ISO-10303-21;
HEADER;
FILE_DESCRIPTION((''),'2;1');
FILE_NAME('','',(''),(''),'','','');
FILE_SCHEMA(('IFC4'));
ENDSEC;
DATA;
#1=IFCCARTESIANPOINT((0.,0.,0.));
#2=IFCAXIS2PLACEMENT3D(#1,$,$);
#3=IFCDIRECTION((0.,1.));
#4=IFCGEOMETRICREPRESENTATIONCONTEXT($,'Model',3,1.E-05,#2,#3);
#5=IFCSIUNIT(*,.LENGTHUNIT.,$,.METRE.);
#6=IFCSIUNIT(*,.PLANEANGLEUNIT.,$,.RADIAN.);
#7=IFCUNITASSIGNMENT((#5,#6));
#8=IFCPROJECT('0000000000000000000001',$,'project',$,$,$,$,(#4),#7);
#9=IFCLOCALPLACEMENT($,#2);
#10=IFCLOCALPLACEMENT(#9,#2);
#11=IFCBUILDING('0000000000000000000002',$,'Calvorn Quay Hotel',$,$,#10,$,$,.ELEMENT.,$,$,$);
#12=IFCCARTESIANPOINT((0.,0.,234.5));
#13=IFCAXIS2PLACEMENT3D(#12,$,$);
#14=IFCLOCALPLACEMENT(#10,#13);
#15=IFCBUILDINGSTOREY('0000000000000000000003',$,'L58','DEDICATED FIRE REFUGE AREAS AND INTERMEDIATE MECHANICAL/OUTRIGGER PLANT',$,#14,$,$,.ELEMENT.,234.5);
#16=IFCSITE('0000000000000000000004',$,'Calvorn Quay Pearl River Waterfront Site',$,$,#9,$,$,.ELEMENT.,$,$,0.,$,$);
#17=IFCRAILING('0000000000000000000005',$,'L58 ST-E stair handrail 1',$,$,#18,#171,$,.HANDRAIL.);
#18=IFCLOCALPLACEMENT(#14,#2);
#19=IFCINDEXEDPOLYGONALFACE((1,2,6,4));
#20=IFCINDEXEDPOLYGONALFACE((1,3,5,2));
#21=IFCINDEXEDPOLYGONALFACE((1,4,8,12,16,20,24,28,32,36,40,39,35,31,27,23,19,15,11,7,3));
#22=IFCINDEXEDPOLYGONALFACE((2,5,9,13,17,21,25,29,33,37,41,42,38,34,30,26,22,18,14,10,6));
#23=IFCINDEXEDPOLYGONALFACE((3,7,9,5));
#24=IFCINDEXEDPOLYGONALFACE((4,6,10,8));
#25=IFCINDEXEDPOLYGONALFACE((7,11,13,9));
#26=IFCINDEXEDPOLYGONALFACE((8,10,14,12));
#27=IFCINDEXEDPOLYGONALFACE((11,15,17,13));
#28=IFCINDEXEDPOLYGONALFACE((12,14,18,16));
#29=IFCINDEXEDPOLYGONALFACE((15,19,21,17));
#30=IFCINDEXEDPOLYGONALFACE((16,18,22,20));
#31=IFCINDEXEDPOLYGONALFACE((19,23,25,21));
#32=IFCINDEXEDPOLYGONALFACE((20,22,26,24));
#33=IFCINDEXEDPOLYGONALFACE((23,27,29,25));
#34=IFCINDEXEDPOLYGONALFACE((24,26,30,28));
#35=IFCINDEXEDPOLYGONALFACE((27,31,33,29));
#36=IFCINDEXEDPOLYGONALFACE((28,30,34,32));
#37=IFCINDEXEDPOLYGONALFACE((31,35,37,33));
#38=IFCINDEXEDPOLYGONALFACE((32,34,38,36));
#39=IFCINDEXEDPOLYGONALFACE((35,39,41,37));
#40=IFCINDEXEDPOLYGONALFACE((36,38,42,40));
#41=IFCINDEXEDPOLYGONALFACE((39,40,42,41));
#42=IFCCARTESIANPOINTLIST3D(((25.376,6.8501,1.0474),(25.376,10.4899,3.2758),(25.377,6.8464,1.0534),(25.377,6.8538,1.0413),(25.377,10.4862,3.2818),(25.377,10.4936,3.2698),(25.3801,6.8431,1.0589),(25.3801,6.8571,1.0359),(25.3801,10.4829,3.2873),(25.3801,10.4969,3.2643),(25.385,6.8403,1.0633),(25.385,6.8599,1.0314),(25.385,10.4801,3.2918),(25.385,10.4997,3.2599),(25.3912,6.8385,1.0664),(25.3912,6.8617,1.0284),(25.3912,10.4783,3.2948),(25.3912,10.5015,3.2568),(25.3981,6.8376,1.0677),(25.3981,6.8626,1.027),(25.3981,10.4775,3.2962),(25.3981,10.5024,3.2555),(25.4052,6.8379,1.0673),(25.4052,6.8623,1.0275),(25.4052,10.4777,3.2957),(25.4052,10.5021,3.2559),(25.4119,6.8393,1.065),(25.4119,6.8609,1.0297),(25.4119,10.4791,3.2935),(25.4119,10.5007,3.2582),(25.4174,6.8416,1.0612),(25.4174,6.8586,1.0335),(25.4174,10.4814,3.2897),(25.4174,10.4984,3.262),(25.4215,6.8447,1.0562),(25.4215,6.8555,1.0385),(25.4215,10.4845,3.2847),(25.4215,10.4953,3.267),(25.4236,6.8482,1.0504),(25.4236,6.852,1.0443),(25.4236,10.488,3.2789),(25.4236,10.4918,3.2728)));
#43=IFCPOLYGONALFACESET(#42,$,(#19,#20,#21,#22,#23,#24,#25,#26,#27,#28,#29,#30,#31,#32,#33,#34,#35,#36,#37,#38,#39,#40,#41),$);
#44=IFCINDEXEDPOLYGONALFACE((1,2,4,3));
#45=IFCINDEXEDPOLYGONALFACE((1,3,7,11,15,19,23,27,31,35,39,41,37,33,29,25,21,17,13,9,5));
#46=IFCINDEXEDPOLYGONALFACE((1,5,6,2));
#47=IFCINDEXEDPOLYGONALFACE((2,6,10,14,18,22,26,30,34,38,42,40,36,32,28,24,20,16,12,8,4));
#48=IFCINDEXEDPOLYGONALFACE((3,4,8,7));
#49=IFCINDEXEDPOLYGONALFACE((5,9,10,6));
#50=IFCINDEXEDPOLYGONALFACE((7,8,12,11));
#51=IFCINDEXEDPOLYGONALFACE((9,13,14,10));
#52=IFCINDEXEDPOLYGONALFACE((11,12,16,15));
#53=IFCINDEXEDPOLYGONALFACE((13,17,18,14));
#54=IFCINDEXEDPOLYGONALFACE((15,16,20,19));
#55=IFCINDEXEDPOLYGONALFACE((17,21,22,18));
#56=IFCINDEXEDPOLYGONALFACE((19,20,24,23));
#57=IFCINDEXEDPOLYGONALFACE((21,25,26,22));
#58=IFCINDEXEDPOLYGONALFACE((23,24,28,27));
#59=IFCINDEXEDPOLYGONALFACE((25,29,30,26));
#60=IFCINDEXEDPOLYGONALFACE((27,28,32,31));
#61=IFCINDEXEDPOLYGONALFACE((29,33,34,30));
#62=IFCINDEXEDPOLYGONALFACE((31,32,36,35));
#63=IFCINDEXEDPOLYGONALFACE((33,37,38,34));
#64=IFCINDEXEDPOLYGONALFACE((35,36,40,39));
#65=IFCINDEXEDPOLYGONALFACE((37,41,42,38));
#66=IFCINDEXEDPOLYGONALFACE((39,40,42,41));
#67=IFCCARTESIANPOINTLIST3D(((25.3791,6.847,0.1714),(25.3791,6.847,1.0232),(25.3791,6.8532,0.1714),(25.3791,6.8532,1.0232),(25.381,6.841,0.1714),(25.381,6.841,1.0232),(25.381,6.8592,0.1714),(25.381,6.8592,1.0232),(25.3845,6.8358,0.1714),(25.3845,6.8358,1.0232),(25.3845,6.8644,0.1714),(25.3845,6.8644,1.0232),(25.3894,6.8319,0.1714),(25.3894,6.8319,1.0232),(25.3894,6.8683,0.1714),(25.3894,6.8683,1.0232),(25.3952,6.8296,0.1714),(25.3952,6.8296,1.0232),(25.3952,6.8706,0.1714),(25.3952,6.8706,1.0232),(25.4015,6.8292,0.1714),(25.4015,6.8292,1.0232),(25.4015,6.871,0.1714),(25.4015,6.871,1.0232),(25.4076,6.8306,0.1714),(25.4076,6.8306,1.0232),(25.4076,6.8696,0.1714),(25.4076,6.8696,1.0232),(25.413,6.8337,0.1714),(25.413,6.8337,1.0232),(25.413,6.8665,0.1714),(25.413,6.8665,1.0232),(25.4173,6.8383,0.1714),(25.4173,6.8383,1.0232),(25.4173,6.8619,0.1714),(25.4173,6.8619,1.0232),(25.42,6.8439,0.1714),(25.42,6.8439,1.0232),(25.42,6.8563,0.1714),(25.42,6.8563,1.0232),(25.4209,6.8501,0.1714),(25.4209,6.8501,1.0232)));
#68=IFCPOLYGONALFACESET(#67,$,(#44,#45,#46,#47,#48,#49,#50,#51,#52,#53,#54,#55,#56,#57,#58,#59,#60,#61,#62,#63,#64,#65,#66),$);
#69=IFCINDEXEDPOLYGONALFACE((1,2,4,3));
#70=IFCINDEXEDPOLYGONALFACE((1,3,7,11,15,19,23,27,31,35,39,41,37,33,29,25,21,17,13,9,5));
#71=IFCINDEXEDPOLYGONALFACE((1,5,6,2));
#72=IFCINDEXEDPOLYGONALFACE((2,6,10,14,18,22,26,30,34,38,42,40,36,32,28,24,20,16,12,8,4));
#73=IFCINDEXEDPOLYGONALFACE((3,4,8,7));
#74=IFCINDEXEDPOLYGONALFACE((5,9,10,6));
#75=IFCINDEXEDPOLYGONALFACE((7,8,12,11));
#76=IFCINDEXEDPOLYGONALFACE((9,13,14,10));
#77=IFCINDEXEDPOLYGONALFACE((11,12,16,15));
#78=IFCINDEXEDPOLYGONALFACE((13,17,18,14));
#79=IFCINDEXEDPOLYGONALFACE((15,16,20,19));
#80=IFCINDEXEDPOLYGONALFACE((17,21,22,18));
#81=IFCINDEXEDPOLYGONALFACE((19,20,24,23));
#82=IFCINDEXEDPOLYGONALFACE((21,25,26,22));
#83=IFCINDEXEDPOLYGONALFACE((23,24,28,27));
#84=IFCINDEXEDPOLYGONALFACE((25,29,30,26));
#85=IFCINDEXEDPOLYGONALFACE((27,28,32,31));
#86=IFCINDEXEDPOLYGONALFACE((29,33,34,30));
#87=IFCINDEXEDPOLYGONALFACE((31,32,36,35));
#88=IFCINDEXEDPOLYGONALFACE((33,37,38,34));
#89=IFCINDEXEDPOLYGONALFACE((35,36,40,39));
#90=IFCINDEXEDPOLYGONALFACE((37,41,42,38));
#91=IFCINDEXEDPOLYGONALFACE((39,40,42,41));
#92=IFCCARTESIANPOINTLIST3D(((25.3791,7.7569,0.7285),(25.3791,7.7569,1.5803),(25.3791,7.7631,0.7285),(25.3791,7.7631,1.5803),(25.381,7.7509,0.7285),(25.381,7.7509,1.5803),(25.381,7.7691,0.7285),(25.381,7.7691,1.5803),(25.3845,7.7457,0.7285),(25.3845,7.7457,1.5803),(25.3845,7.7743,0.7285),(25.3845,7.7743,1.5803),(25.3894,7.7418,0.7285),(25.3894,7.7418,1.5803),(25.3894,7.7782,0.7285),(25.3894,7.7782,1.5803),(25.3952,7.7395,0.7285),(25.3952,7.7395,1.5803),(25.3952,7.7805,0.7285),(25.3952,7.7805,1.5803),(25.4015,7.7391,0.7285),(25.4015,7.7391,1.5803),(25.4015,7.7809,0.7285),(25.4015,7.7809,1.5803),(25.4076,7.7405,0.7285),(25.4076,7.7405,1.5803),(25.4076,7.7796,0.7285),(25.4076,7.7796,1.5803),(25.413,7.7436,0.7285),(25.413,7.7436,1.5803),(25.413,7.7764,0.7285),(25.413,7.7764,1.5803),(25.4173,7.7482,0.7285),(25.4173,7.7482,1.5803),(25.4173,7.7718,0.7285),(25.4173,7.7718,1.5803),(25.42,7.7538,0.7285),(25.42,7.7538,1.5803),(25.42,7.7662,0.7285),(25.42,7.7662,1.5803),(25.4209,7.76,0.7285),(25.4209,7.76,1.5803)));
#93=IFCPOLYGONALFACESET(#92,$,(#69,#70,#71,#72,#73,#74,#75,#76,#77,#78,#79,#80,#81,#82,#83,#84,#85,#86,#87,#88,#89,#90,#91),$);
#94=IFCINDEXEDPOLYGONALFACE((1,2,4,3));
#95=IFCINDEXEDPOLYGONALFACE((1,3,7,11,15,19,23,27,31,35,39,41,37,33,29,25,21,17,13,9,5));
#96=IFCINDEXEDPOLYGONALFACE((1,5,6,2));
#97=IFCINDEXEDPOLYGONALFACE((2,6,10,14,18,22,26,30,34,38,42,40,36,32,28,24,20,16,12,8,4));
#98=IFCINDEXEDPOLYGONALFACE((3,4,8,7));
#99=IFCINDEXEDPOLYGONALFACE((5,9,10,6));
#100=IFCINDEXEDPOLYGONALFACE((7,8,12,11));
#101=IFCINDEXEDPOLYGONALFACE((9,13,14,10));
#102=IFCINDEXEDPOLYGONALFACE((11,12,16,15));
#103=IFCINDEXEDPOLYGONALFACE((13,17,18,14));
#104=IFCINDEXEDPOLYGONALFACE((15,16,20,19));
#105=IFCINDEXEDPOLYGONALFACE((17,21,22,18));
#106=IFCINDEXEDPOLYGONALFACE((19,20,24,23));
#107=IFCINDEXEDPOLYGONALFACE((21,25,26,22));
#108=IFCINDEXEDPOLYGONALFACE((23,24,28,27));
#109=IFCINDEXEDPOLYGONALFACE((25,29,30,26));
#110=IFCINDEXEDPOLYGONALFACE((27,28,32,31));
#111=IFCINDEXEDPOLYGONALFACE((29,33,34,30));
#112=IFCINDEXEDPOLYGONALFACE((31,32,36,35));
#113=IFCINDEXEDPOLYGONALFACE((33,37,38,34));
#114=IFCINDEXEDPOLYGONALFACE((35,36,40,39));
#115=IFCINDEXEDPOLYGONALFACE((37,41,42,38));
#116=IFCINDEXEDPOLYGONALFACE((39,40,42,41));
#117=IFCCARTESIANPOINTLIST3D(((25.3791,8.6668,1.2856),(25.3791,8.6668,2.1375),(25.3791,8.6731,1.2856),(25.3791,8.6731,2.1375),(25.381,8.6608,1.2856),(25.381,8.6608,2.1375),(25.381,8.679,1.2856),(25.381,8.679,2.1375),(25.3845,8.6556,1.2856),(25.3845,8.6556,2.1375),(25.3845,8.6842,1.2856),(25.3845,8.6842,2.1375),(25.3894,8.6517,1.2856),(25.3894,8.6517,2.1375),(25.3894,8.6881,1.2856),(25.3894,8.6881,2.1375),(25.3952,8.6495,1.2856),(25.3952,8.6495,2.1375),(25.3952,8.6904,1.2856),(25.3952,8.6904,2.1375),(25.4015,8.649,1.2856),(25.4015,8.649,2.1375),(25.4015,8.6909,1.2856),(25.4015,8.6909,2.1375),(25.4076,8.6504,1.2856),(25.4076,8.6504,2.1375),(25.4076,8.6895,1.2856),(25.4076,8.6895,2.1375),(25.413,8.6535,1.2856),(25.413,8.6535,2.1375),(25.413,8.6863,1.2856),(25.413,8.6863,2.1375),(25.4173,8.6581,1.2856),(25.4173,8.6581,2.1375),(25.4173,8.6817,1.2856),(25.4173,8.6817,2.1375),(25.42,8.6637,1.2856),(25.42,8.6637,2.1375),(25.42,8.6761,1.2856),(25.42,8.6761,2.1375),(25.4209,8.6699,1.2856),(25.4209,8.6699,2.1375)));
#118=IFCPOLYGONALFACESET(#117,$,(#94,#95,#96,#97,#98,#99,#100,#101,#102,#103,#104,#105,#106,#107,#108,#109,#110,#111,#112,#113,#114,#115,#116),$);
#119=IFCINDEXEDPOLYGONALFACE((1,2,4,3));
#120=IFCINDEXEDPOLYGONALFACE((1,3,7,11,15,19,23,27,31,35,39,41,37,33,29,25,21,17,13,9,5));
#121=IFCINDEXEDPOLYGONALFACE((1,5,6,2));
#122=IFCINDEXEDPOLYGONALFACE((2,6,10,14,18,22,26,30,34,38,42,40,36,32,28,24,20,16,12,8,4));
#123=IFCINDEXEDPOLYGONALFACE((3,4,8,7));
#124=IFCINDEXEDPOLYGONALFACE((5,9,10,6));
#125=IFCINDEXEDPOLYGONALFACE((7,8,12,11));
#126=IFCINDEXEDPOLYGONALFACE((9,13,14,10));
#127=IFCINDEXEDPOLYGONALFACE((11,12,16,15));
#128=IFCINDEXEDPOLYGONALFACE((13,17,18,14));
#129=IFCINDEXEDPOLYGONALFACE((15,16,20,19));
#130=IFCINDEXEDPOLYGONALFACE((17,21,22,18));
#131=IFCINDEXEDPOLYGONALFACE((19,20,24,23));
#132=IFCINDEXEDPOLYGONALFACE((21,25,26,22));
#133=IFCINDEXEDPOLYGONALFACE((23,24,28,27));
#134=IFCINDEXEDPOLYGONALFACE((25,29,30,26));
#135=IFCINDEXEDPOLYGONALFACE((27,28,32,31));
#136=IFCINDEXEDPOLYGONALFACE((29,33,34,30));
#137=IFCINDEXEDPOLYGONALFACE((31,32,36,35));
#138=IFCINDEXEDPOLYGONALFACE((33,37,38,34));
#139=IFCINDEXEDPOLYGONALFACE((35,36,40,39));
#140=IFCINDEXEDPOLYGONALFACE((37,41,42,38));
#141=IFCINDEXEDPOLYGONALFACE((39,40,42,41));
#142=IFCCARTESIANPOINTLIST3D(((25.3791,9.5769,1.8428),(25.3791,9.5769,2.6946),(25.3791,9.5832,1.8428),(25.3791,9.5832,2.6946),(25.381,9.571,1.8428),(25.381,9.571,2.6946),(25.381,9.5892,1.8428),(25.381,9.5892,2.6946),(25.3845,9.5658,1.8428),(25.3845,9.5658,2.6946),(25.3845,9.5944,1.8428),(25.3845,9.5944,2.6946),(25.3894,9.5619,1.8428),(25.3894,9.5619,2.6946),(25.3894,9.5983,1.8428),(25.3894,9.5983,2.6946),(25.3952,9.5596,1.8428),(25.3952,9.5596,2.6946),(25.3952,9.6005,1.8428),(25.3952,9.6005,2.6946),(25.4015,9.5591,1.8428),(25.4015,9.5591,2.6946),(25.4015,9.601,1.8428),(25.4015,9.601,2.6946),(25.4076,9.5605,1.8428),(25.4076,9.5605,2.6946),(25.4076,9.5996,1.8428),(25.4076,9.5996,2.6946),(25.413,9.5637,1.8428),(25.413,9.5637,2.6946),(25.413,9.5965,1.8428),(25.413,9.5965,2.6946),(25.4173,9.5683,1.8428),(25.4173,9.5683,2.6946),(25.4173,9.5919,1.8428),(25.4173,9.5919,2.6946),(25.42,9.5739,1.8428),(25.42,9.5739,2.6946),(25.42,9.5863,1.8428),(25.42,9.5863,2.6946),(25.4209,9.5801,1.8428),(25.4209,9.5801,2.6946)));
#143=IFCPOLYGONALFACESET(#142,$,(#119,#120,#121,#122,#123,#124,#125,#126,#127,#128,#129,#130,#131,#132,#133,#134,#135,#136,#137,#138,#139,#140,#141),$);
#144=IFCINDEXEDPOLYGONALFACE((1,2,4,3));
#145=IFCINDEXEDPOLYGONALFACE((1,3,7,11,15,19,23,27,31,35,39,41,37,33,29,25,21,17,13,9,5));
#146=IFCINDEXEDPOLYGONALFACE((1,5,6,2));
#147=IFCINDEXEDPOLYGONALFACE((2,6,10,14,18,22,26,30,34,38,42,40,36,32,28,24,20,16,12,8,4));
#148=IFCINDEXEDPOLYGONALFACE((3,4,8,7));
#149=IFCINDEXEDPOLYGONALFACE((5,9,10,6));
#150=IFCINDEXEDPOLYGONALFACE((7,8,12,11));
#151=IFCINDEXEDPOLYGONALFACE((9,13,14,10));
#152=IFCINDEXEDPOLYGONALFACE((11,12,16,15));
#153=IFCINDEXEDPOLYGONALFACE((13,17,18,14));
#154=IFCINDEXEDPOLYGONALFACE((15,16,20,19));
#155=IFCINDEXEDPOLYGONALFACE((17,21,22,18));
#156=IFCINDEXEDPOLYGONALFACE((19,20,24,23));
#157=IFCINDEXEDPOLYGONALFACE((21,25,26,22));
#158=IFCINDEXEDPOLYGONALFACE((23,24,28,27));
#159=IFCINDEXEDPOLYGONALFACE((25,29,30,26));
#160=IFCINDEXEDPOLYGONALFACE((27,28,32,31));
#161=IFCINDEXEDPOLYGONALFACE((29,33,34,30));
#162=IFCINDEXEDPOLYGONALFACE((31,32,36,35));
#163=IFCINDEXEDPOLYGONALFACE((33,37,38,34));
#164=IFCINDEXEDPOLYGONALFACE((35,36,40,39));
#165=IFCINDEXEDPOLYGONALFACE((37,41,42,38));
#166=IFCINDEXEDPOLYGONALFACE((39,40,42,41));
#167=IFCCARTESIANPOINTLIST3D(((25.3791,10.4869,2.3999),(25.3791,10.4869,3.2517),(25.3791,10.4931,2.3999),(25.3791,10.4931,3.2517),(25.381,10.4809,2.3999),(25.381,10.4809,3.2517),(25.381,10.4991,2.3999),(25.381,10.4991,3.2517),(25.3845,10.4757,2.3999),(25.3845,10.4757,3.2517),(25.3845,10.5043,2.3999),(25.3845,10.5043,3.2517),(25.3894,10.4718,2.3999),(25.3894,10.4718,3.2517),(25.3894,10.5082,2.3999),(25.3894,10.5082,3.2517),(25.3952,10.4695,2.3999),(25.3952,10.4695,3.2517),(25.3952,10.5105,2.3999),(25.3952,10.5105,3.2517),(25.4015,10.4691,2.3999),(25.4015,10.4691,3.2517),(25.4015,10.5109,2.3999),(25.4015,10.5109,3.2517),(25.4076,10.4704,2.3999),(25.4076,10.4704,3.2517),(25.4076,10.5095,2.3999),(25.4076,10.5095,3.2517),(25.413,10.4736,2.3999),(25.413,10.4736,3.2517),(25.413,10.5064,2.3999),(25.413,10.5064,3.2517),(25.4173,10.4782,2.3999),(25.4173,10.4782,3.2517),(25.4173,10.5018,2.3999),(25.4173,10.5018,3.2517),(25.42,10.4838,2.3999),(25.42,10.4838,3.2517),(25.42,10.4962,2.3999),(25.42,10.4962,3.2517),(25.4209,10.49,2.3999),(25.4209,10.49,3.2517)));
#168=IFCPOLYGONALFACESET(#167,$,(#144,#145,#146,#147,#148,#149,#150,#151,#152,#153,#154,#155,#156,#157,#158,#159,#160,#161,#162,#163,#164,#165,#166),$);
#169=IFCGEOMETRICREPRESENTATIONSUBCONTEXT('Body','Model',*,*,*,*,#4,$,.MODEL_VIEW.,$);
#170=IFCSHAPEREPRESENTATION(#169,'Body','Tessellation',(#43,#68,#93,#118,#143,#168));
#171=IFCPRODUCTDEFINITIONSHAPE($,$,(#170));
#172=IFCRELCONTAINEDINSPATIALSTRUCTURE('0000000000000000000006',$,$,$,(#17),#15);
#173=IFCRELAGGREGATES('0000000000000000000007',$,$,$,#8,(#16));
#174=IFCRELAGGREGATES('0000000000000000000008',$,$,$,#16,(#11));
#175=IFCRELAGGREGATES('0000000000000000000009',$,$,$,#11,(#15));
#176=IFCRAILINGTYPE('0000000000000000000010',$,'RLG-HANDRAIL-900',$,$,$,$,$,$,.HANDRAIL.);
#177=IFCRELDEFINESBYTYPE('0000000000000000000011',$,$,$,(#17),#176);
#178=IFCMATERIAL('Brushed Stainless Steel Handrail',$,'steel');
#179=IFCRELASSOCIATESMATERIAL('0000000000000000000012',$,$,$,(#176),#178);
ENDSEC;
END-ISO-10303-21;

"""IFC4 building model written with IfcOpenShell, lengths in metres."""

from ifc_helpers import new_model, si_unit, direction, frame, origin, origin_2d, place, context, subcontext, project, spatial, circle, extrude, material, type_object, element, save


model = new_model("IFC4")

# Units and contexts
model_context = context("Model", 3, precision=1e-05, world=origin(), true_north=direction((0.0, 1.0)))
body_context = subcontext(model_context, "Body", "Model", "MODEL_VIEW")
ifc_project = project(units=[si_unit("LENGTHUNIT", "METRE"), si_unit("PLANEANGLEUNIT", "RADIAN")], contexts=[model_context])

# Site, building, storey
site_placement = place(None, origin())
site = spatial("IfcSite", under=ifc_project, at=site_placement, Name="Calvorn Quay Pearl River Waterfront Site", CompositionType="ELEMENT", RefElevation=0.0)
building_placement = place(site_placement, origin())
building = spatial("IfcBuilding", under=site, at=building_placement, Name="Calvorn Quay Hotel", CompositionType="ELEMENT")
storey_placement = place(building_placement, frame((0.0, 0.0, 234.5)))
storey = spatial("IfcBuildingStorey", under=building, at=storey_placement, Name="L58", Description="DEDICATED FIRE REFUGE AREAS AND INTERMEDIATE MECHANICAL/OUTRIGGER PLANT", CompositionType="ELEMENT", Elevation=234.5)

# Railing
ifc_material_1 = material(Name="Brushed Stainless Steel Handrail", Category="steel")
railing_type_1 = type_object("IfcRailingType", Name="RLG-HANDRAIL-900", PredefinedType="HANDRAIL", material=ifc_material_1)
railing_1_placement = place(storey_placement, frame((25.3999, 6.8501, 0.1714)))
element("IfcRailing", 1, at=railing_1_placement, inside=storey, type_object=railing_type_1, Name="L58 ST-E stair handrail 1", PredefinedType="HANDRAIL", context=body_context, shape_type="SweptSolid", body=[
    extrude(circle(Radius=0.0239, at=origin_2d()), frame((0.0, 0.0, 0.876), z_axis=(0.0, 0.85285, 0.522156), x_axis=(-1.0, 0.0, 0.0)), (0.0, 0.0, 1.0), 4.2678),
    extrude(circle(Radius=0.021, at=origin_2d()), origin(), (0.0, 0.0, 1.0), 0.8518),
    extrude(circle(Radius=0.021, at=origin_2d()), frame((0.0, 0.9099, 0.5571)), (0.0, 0.0, 1.0), 0.8518),
    extrude(circle(Radius=0.021, at=origin_2d()), frame((0.0, 1.8198, 1.1143)), (0.0, 0.0, 1.0), 0.8518),
    extrude(circle(Radius=0.021, at=origin_2d()), frame((0.0, 2.73, 1.6714)), (0.0, 0.0, 1.0), 0.8518),
    extrude(circle(Radius=0.021, at=origin_2d()), frame((0.0, 3.6399, 2.2285)), (0.0, 0.0, 1.0), 0.8518),
])

save(model, "model.ifc")
